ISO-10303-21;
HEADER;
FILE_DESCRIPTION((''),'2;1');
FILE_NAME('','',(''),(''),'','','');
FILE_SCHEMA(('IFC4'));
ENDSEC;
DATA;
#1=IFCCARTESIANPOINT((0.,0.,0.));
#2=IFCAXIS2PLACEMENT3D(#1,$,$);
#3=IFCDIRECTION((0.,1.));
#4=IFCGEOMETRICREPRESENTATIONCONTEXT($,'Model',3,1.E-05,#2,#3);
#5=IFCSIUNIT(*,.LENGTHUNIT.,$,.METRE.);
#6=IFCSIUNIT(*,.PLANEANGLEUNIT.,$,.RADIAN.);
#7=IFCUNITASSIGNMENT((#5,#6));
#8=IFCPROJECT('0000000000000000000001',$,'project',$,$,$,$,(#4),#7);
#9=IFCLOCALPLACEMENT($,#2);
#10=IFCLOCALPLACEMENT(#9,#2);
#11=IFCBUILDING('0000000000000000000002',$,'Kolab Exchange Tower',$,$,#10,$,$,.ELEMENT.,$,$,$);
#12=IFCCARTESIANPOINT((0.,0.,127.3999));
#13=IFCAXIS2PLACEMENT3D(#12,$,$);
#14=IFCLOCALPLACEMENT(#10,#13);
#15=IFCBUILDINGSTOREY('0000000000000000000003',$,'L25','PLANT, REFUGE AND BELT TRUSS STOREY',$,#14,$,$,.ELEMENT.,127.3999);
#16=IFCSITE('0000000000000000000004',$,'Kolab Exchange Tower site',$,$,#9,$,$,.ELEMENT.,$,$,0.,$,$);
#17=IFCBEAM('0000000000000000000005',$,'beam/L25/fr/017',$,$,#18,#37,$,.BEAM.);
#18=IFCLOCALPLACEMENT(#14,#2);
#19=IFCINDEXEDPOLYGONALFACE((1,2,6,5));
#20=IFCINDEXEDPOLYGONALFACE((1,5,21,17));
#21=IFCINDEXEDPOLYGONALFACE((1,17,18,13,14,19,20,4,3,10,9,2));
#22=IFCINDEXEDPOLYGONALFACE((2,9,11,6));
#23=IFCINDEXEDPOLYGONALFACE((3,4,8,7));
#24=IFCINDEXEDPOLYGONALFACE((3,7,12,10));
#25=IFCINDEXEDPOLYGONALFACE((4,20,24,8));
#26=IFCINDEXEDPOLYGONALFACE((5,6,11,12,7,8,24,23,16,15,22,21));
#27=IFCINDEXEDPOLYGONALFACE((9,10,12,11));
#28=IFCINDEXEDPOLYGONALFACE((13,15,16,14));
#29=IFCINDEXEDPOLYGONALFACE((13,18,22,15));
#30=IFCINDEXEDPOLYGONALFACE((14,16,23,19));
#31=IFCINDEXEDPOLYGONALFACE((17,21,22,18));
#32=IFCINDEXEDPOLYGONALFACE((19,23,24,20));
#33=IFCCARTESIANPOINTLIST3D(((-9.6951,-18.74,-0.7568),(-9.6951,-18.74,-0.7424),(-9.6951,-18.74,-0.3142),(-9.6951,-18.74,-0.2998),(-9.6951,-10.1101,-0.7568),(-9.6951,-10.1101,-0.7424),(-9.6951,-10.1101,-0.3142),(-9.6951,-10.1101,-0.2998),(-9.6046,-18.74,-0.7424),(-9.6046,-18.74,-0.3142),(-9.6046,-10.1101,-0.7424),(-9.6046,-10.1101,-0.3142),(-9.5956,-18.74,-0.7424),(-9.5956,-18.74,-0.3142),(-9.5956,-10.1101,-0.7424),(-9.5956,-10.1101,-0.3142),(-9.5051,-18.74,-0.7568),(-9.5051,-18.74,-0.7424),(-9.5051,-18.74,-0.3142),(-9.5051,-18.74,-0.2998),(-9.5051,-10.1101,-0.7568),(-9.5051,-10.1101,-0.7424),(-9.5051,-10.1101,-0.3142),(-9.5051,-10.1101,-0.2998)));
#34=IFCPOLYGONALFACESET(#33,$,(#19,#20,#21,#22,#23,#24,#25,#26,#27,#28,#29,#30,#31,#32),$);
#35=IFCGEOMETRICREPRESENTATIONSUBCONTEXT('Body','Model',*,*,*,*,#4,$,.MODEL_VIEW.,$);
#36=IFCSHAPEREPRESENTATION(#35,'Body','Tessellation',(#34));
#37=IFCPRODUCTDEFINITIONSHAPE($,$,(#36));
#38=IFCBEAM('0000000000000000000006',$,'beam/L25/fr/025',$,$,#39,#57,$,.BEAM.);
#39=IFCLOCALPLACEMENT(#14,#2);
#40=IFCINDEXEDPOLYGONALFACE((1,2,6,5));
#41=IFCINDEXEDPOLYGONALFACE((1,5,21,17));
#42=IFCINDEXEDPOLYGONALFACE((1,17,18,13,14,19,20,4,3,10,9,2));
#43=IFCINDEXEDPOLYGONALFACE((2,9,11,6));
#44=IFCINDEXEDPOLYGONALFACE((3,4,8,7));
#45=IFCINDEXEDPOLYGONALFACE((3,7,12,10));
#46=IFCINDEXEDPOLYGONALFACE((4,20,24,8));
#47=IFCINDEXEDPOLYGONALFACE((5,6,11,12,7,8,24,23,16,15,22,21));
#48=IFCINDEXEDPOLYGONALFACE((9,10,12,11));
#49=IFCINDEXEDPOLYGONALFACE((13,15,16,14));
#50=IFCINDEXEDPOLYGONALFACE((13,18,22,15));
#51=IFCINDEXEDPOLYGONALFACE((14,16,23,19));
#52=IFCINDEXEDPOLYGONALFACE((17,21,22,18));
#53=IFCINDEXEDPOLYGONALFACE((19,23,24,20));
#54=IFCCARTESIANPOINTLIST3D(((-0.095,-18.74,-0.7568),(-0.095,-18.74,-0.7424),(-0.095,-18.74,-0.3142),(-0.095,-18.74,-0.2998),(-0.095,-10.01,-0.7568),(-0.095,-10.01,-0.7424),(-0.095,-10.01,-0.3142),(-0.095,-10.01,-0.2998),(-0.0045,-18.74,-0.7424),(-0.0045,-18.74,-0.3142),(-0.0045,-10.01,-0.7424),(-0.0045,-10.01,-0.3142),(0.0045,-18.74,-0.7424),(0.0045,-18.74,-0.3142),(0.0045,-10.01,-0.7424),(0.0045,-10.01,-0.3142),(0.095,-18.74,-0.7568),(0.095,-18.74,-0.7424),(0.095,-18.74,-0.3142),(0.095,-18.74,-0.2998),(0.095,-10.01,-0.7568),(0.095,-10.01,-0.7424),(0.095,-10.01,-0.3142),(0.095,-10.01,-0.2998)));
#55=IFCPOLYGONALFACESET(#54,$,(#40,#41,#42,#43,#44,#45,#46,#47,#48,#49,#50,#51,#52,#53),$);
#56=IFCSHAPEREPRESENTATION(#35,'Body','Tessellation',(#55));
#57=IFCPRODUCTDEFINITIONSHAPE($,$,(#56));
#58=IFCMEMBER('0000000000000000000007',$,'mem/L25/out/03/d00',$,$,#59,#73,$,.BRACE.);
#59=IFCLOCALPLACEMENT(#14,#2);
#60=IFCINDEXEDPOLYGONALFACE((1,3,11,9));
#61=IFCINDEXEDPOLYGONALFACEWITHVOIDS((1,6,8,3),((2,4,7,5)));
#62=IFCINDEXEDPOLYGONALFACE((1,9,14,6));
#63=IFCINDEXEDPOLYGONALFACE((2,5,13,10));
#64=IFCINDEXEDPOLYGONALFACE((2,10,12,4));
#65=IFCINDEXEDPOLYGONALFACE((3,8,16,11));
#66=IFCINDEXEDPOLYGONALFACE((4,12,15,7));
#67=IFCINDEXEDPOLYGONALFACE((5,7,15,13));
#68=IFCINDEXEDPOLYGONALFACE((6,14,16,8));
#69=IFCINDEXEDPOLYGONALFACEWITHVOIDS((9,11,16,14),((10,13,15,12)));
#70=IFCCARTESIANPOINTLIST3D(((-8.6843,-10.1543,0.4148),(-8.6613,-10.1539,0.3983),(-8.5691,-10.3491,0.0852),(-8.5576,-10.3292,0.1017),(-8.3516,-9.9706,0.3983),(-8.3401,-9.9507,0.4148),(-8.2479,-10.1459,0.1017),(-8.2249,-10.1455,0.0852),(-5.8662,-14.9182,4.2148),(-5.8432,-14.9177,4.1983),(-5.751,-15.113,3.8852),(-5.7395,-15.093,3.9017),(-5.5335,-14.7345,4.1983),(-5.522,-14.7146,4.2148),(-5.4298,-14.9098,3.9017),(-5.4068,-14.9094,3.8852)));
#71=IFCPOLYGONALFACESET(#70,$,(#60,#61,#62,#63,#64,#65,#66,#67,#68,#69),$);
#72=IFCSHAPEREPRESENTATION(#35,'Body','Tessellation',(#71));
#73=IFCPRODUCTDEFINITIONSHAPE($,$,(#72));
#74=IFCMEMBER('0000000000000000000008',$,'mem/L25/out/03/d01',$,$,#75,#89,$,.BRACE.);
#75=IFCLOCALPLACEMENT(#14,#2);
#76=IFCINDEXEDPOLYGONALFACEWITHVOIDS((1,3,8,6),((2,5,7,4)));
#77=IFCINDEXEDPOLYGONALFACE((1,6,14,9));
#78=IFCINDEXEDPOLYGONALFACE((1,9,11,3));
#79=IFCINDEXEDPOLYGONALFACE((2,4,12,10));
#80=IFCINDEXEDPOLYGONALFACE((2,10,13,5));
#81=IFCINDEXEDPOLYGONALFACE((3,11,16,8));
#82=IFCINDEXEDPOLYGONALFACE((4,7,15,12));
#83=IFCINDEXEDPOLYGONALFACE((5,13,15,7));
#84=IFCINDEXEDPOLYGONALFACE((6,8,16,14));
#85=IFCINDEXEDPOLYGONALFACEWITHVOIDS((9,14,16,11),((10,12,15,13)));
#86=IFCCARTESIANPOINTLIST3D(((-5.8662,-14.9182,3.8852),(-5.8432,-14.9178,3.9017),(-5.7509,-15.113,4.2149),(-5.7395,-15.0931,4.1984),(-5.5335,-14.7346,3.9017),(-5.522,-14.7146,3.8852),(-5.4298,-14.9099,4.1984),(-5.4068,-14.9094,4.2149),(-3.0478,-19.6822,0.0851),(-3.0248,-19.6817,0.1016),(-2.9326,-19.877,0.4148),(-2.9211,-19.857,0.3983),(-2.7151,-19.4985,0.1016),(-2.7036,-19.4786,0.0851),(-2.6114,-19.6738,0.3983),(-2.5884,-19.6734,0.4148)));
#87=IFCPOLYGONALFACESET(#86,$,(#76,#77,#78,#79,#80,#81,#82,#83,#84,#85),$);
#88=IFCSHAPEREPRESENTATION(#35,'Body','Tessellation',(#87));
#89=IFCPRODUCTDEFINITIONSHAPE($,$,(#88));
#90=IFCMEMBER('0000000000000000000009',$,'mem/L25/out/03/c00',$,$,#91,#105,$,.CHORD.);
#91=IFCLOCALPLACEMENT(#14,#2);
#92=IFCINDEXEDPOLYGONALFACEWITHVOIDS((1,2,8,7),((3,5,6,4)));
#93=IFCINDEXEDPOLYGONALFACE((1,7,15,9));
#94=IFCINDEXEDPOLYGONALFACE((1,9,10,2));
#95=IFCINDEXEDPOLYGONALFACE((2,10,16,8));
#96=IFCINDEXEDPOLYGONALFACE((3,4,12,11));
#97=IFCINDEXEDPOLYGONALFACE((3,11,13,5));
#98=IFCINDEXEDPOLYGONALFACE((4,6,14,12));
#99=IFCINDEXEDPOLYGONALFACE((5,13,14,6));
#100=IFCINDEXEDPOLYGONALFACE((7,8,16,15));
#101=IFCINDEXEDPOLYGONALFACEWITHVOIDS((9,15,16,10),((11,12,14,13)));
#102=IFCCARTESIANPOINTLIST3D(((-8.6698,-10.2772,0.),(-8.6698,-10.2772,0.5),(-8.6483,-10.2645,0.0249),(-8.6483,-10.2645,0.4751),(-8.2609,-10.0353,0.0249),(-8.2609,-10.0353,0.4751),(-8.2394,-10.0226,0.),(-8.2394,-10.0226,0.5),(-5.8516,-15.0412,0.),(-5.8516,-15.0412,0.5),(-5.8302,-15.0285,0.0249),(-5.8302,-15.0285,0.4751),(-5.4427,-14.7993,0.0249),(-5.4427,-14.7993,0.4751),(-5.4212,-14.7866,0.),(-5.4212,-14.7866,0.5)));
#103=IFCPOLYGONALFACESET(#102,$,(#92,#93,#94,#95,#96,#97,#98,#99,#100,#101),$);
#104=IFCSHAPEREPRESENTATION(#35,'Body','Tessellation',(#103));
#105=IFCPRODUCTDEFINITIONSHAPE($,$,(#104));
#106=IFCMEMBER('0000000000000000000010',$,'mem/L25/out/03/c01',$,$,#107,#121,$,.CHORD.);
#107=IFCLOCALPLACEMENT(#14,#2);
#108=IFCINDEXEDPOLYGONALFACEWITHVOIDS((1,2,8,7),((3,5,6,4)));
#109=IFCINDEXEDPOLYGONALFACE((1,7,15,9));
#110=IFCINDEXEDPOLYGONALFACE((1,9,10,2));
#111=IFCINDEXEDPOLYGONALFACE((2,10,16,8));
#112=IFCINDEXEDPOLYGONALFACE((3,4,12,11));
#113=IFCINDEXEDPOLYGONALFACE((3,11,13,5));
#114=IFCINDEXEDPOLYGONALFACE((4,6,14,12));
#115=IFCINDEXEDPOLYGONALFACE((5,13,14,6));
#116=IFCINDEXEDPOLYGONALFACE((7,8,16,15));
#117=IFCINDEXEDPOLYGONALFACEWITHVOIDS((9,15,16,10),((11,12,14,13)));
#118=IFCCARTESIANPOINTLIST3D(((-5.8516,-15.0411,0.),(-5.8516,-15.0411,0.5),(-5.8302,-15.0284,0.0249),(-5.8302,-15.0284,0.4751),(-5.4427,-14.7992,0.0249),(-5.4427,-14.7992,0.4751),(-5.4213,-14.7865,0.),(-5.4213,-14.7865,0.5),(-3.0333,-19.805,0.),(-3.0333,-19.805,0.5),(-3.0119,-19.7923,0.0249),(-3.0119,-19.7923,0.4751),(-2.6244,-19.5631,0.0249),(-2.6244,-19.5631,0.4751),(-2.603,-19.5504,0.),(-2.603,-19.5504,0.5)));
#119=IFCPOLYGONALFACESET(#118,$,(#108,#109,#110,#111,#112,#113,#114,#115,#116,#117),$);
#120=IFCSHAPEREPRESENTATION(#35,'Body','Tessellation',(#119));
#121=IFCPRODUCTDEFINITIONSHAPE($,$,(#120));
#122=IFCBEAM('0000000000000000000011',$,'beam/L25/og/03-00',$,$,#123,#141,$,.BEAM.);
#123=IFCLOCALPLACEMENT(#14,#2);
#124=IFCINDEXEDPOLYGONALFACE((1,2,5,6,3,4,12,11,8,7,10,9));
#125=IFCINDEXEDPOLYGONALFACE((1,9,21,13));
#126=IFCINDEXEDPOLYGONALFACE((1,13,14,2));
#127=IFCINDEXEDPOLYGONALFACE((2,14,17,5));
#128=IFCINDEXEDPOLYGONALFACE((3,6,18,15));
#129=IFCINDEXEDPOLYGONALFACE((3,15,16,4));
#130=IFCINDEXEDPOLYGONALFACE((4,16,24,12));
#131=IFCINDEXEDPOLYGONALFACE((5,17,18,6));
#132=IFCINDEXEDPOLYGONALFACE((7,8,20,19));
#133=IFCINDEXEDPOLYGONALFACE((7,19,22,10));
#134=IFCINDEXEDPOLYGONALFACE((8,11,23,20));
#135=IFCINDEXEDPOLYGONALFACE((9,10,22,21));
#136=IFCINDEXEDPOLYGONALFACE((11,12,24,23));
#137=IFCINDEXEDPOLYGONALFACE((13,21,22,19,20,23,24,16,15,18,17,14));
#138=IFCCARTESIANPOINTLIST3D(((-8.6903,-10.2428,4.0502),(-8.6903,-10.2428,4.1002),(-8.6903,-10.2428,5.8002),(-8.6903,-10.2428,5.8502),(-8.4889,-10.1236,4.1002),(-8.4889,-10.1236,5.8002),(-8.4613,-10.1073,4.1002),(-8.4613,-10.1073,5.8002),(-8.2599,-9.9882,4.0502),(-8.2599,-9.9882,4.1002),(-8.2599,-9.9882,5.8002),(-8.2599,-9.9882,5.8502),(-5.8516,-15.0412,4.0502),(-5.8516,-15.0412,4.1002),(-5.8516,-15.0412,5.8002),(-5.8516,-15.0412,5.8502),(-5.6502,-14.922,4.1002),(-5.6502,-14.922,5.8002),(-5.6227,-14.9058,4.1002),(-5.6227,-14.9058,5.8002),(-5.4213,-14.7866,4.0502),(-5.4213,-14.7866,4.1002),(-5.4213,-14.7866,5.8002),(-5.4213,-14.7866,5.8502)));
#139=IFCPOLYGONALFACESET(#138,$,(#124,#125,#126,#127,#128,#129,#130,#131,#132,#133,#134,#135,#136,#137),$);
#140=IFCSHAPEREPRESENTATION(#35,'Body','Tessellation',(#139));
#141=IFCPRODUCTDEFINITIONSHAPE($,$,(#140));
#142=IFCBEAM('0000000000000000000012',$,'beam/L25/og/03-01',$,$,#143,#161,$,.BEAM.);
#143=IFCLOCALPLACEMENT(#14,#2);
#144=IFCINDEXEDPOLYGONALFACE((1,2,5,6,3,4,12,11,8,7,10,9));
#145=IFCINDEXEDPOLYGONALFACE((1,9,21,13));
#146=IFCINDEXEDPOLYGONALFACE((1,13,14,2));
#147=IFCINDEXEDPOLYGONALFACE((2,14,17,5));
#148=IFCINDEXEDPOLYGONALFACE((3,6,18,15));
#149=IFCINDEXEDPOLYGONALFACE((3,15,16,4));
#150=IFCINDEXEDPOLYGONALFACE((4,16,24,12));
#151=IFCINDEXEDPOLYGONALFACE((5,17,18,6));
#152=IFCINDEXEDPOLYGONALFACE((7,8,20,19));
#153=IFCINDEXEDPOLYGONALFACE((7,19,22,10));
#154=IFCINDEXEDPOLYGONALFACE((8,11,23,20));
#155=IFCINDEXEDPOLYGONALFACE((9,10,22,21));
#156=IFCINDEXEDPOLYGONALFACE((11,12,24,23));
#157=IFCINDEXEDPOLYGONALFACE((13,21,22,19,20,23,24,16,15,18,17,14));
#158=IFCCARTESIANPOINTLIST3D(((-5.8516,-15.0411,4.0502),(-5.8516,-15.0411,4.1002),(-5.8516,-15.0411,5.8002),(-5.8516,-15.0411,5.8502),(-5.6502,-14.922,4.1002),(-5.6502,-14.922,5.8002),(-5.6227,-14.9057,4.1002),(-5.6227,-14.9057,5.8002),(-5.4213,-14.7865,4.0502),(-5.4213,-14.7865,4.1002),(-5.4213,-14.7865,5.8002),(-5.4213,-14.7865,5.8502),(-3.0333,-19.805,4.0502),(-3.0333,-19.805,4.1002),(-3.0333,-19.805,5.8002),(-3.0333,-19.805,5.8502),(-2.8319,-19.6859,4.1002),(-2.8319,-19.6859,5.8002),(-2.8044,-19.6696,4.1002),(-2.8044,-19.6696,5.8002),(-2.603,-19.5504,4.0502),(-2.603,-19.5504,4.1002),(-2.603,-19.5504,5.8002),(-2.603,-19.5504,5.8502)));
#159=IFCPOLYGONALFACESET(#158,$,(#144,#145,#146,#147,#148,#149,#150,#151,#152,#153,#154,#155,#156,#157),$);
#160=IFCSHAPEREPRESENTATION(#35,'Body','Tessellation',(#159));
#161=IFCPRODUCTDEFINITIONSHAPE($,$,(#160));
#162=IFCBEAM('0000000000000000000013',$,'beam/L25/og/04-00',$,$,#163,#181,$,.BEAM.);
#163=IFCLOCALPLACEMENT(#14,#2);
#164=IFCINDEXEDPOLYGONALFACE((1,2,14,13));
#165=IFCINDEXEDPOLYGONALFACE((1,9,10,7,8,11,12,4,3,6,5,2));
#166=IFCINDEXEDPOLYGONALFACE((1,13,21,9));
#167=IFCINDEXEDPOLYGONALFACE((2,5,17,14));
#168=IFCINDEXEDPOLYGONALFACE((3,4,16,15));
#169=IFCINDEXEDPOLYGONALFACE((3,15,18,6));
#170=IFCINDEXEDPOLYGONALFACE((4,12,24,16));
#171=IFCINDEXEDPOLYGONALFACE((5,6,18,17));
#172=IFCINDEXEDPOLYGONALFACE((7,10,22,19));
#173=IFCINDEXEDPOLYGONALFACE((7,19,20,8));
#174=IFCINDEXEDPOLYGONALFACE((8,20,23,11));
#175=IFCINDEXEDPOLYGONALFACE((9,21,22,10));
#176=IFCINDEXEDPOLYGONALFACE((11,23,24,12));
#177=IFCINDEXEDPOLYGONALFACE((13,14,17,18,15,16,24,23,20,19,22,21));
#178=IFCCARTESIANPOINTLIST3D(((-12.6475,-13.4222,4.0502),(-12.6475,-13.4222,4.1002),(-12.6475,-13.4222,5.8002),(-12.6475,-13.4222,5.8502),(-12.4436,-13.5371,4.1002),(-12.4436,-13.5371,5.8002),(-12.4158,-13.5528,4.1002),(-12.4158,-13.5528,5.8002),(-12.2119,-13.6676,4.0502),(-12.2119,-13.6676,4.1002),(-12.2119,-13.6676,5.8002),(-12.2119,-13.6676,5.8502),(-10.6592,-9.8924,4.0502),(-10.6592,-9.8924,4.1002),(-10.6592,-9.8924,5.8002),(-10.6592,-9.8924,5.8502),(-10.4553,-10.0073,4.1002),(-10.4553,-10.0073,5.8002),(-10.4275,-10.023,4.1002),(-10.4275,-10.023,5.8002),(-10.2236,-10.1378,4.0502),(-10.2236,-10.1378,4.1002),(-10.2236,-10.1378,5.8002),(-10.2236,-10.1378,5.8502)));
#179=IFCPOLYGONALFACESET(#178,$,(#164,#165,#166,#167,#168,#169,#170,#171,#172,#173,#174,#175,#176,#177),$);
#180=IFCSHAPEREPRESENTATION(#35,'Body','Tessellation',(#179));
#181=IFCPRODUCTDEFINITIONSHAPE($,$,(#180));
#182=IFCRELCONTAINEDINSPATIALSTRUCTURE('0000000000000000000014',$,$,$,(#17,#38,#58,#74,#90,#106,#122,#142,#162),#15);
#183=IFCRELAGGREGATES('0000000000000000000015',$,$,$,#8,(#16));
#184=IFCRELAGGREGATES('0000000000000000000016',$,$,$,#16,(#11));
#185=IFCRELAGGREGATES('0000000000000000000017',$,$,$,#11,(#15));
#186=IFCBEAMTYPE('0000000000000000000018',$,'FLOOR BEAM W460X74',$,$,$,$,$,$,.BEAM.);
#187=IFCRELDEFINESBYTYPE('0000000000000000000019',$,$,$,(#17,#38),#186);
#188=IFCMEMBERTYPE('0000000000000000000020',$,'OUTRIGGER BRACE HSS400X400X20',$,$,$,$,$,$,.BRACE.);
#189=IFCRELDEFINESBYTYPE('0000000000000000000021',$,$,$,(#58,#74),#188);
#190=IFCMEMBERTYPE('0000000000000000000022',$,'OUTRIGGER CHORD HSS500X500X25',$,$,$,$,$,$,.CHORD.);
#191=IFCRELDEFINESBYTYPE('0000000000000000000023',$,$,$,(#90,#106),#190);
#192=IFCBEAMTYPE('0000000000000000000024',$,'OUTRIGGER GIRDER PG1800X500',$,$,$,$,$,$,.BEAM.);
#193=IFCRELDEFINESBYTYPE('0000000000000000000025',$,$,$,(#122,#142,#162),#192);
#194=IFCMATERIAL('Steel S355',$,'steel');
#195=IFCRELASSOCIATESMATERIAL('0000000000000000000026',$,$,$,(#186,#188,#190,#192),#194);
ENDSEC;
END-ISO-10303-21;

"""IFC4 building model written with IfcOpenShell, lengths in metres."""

from ifc_helpers import new_model, si_unit, direction, frame, origin, origin_2d, place, context, subcontext, project, spatial, hollow_rectangle, i_section, extrude, material, material_profile, profile_set, type_object, element, save


model = new_model("IFC4")

# Units and contexts
model_context = context("Model", 3, precision=1e-05, world=origin(), true_north=direction((0.0, 1.0)))
body_context = subcontext(model_context, "Body", "Model", "MODEL_VIEW")
ifc_project = project(units=[si_unit("LENGTHUNIT", "METRE"), si_unit("PLANEANGLEUNIT", "RADIAN")], contexts=[model_context])

# Site, building, storey
site_placement = place(None, origin())
site = spatial("IfcSite", under=ifc_project, at=site_placement, Name="Kolab Exchange Tower site", CompositionType="ELEMENT", RefElevation=0.0)
building_placement = place(site_placement, origin())
building = spatial("IfcBuilding", under=site, at=building_placement, Name="Kolab Exchange Tower", CompositionType="ELEMENT")
storey_placement = place(building_placement, frame((0.0, 0.0, 127.3999)))
storey = spatial("IfcBuildingStorey", under=building, at=storey_placement, Name="L25", Description="PLANT, REFUGE AND BELT TRUSS STOREY", CompositionType="ELEMENT", Elevation=127.3999)

# Beams
ifc_material_1 = material(Name="Steel S355", Category="steel")
ifc_material_profile_1 = material_profile(ifc_material_1, i_section(OverallWidth=0.1899, OverallDepth=0.457, WebThickness=0.009, FlangeThickness=0.0144, at=origin_2d()), Name="W460X74")
ifc_profile_set_1 = profile_set([ifc_material_profile_1], Name="Steel S355")
beam_type_1 = type_object("IfcBeamType", Name="FLOOR BEAM W460X74", PredefinedType="BEAM", material=ifc_profile_set_1)
beam_1_placement = place(storey_placement, frame((-9.6001, -18.74, -0.5283), z_axis=(0.0, 1.0, 0.0), x_axis=(-1.0, 0.0, 0.0)))
element("IfcBeam", 1, at=beam_1_placement, inside=storey, type_object=beam_type_1, Name="beam/L25/fr/017", PredefinedType="BEAM", context=body_context, shape_type="SweptSolid", body=[
    extrude(i_section(OverallWidth=0.1899, OverallDepth=0.457, WebThickness=0.009, FlangeThickness=0.0144, at=origin_2d()), origin(), (0.0, 0.0, 1.0), 8.6299),
])
beam_2_placement = place(storey_placement, frame((0.0, -18.74, -0.5283), z_axis=(0.0, 1.0, 0.0), x_axis=(-1.0, 0.0, 0.0)))
element("IfcBeam", 2, at=beam_2_placement, inside=storey, type_object=beam_type_1, Name="beam/L25/fr/025", PredefinedType="BEAM", context=body_context, shape_type="SweptSolid", body=[
    extrude(i_section(OverallWidth=0.1899, OverallDepth=0.457, WebThickness=0.009, FlangeThickness=0.0144, at=origin_2d()), origin(), (0.0, 0.0, 1.0), 8.73),
])

# Members
ifc_material_profile_2 = material_profile(ifc_material_1, hollow_rectangle(XDim=0.3999, YDim=0.3999, WallThickness=0.02, at=origin_2d()), Name="HSS400X400X20")
ifc_profile_set_2 = profile_set([ifc_material_profile_2], Name="Steel S355")
member_type_1 = type_object("IfcMemberType", Name="OUTRIGGER BRACE HSS400X400X20", PredefinedType="BRACE", material=ifc_profile_set_2)
member_1_placement = place(storey_placement, frame((-8.4546, -10.1499, 0.25), z_axis=(0.419741, -0.709556, 0.565994), x_axis=(0.860683, 0.509141, 0.0)))
element("IfcMember", 3, at=member_1_placement, inside=storey, type_object=member_type_1, Name="mem/L25/out/03/d00", PredefinedType="BRACE", context=body_context, shape_type="SweptSolid", body=[
    extrude(hollow_rectangle(XDim=0.3999, YDim=0.3999, WallThickness=0.02, at=origin_2d()), origin(), (0.0, 0.0, 1.0), 6.7139),
])
member_2_placement = place(storey_placement, frame((-5.6365, -14.9138, 4.05), z_axis=(0.419771, -0.709545, -0.565985), x_axis=(0.860664, 0.509174, 0.0)))
element("IfcMember", 4, at=member_2_placement, inside=storey, type_object=member_type_1, Name="mem/L25/out/03/d01", PredefinedType="BRACE", context=body_context, shape_type="SweptSolid", body=[
    extrude(hollow_rectangle(XDim=0.3999, YDim=0.3999, WallThickness=0.02, at=origin_2d()), origin(), (0.0, 0.0, 1.0), 6.7141),
])
ifc_material_profile_3 = material_profile(ifc_material_1, hollow_rectangle(XDim=0.5, YDim=0.5, WallThickness=0.0249, at=origin_2d()), Name="HSS500X500X25")
ifc_profile_set_3 = profile_set([ifc_material_profile_3], Name="Steel S355")
member_type_2 = type_object("IfcMemberType", Name="OUTRIGGER CHORD HSS500X500X25", PredefinedType="CHORD", material=ifc_profile_set_3)
for number, where, z_axis, x_axis, name in (
    (5, (-8.4546, -10.1499, 0.25), (0.509141, -0.860683, 0.0), (0.860683, 0.509141, 0.0), "mem/L25/out/03/c00"),
    (6, (-5.6365, -14.9138, 0.25), (0.509174, -0.860664, 0.0), (0.860664, 0.509174, 0.0), "mem/L25/out/03/c01"),
):
    element("IfcMember", number, at=place(storey_placement, frame(where, z_axis=z_axis, x_axis=x_axis)), inside=storey, type_object=member_type_2, Name=name, PredefinedType="CHORD", context=body_context, shape_type="SweptSolid", body=[
        extrude(hollow_rectangle(XDim=0.5, YDim=0.5, WallThickness=0.0249, at=origin_2d()), origin(), (0.0, 0.0, 1.0), 5.5352),
    ])

# Beams
ifc_material_profile_4 = material_profile(ifc_material_1, i_section(OverallWidth=0.5, OverallDepth=1.8, WebThickness=0.032, FlangeThickness=0.05, at=origin_2d()), Name="PG1800X500")
ifc_profile_set_4 = profile_set([ifc_material_profile_4], Name="Steel S355")
beam_type_2 = type_object("IfcBeamType", Name="OUTRIGGER GIRDER PG1800X500", PredefinedType="BEAM", material=ifc_profile_set_4)
beam_3_placement = place(storey_placement, frame((-8.4751, -10.1155, 4.9502), z_axis=(0.50916, -0.860672, 0.0), x_axis=(0.860672, 0.50916, 0.0)))
element("IfcBeam", 7, at=beam_3_placement, inside=storey, type_object=beam_type_2, Name="beam/L25/og/03-00", PredefinedType="BEAM", context=body_context, shape_type="SweptSolid", body=[
    extrude(i_section(OverallWidth=0.5, OverallDepth=1.8, WebThickness=0.032, FlangeThickness=0.05, at=origin_2d()), origin(), (0.0, 0.0, 1.0), 5.5752),
])
beam_4_placement = place(storey_placement, frame((-5.6365, -14.9138, 4.9502), z_axis=(0.509174, -0.860664, 0.0), x_axis=(0.860664, 0.509174, 0.0)))
element("IfcBeam", 8, at=beam_4_placement, inside=storey, type_object=beam_type_2, Name="beam/L25/og/03-01", PredefinedType="BEAM", context=body_context, shape_type="SweptSolid", body=[
    extrude(i_section(OverallWidth=0.5, OverallDepth=1.8, WebThickness=0.032, FlangeThickness=0.05, at=origin_2d()), origin(), (0.0, 0.0, 1.0), 5.5352),
])
beam_5_placement = place(storey_placement, frame((-10.4414, -10.0151, 4.9502), z_axis=(-0.490782, -0.871282, 0.0), x_axis=(0.871282, -0.490782, 0.0)))
element("IfcBeam", 9, at=beam_5_placement, inside=storey, type_object=beam_type_2, Name="beam/L25/og/04-00", PredefinedType="BEAM", context=body_context, shape_type="SweptSolid", body=[
    extrude(i_section(OverallWidth=0.5, OverallDepth=1.8, WebThickness=0.032, FlangeThickness=0.05, at=origin_2d()), origin(), (0.0, 0.0, 1.0), 4.0513),
])

save(model, "model.ifc")
